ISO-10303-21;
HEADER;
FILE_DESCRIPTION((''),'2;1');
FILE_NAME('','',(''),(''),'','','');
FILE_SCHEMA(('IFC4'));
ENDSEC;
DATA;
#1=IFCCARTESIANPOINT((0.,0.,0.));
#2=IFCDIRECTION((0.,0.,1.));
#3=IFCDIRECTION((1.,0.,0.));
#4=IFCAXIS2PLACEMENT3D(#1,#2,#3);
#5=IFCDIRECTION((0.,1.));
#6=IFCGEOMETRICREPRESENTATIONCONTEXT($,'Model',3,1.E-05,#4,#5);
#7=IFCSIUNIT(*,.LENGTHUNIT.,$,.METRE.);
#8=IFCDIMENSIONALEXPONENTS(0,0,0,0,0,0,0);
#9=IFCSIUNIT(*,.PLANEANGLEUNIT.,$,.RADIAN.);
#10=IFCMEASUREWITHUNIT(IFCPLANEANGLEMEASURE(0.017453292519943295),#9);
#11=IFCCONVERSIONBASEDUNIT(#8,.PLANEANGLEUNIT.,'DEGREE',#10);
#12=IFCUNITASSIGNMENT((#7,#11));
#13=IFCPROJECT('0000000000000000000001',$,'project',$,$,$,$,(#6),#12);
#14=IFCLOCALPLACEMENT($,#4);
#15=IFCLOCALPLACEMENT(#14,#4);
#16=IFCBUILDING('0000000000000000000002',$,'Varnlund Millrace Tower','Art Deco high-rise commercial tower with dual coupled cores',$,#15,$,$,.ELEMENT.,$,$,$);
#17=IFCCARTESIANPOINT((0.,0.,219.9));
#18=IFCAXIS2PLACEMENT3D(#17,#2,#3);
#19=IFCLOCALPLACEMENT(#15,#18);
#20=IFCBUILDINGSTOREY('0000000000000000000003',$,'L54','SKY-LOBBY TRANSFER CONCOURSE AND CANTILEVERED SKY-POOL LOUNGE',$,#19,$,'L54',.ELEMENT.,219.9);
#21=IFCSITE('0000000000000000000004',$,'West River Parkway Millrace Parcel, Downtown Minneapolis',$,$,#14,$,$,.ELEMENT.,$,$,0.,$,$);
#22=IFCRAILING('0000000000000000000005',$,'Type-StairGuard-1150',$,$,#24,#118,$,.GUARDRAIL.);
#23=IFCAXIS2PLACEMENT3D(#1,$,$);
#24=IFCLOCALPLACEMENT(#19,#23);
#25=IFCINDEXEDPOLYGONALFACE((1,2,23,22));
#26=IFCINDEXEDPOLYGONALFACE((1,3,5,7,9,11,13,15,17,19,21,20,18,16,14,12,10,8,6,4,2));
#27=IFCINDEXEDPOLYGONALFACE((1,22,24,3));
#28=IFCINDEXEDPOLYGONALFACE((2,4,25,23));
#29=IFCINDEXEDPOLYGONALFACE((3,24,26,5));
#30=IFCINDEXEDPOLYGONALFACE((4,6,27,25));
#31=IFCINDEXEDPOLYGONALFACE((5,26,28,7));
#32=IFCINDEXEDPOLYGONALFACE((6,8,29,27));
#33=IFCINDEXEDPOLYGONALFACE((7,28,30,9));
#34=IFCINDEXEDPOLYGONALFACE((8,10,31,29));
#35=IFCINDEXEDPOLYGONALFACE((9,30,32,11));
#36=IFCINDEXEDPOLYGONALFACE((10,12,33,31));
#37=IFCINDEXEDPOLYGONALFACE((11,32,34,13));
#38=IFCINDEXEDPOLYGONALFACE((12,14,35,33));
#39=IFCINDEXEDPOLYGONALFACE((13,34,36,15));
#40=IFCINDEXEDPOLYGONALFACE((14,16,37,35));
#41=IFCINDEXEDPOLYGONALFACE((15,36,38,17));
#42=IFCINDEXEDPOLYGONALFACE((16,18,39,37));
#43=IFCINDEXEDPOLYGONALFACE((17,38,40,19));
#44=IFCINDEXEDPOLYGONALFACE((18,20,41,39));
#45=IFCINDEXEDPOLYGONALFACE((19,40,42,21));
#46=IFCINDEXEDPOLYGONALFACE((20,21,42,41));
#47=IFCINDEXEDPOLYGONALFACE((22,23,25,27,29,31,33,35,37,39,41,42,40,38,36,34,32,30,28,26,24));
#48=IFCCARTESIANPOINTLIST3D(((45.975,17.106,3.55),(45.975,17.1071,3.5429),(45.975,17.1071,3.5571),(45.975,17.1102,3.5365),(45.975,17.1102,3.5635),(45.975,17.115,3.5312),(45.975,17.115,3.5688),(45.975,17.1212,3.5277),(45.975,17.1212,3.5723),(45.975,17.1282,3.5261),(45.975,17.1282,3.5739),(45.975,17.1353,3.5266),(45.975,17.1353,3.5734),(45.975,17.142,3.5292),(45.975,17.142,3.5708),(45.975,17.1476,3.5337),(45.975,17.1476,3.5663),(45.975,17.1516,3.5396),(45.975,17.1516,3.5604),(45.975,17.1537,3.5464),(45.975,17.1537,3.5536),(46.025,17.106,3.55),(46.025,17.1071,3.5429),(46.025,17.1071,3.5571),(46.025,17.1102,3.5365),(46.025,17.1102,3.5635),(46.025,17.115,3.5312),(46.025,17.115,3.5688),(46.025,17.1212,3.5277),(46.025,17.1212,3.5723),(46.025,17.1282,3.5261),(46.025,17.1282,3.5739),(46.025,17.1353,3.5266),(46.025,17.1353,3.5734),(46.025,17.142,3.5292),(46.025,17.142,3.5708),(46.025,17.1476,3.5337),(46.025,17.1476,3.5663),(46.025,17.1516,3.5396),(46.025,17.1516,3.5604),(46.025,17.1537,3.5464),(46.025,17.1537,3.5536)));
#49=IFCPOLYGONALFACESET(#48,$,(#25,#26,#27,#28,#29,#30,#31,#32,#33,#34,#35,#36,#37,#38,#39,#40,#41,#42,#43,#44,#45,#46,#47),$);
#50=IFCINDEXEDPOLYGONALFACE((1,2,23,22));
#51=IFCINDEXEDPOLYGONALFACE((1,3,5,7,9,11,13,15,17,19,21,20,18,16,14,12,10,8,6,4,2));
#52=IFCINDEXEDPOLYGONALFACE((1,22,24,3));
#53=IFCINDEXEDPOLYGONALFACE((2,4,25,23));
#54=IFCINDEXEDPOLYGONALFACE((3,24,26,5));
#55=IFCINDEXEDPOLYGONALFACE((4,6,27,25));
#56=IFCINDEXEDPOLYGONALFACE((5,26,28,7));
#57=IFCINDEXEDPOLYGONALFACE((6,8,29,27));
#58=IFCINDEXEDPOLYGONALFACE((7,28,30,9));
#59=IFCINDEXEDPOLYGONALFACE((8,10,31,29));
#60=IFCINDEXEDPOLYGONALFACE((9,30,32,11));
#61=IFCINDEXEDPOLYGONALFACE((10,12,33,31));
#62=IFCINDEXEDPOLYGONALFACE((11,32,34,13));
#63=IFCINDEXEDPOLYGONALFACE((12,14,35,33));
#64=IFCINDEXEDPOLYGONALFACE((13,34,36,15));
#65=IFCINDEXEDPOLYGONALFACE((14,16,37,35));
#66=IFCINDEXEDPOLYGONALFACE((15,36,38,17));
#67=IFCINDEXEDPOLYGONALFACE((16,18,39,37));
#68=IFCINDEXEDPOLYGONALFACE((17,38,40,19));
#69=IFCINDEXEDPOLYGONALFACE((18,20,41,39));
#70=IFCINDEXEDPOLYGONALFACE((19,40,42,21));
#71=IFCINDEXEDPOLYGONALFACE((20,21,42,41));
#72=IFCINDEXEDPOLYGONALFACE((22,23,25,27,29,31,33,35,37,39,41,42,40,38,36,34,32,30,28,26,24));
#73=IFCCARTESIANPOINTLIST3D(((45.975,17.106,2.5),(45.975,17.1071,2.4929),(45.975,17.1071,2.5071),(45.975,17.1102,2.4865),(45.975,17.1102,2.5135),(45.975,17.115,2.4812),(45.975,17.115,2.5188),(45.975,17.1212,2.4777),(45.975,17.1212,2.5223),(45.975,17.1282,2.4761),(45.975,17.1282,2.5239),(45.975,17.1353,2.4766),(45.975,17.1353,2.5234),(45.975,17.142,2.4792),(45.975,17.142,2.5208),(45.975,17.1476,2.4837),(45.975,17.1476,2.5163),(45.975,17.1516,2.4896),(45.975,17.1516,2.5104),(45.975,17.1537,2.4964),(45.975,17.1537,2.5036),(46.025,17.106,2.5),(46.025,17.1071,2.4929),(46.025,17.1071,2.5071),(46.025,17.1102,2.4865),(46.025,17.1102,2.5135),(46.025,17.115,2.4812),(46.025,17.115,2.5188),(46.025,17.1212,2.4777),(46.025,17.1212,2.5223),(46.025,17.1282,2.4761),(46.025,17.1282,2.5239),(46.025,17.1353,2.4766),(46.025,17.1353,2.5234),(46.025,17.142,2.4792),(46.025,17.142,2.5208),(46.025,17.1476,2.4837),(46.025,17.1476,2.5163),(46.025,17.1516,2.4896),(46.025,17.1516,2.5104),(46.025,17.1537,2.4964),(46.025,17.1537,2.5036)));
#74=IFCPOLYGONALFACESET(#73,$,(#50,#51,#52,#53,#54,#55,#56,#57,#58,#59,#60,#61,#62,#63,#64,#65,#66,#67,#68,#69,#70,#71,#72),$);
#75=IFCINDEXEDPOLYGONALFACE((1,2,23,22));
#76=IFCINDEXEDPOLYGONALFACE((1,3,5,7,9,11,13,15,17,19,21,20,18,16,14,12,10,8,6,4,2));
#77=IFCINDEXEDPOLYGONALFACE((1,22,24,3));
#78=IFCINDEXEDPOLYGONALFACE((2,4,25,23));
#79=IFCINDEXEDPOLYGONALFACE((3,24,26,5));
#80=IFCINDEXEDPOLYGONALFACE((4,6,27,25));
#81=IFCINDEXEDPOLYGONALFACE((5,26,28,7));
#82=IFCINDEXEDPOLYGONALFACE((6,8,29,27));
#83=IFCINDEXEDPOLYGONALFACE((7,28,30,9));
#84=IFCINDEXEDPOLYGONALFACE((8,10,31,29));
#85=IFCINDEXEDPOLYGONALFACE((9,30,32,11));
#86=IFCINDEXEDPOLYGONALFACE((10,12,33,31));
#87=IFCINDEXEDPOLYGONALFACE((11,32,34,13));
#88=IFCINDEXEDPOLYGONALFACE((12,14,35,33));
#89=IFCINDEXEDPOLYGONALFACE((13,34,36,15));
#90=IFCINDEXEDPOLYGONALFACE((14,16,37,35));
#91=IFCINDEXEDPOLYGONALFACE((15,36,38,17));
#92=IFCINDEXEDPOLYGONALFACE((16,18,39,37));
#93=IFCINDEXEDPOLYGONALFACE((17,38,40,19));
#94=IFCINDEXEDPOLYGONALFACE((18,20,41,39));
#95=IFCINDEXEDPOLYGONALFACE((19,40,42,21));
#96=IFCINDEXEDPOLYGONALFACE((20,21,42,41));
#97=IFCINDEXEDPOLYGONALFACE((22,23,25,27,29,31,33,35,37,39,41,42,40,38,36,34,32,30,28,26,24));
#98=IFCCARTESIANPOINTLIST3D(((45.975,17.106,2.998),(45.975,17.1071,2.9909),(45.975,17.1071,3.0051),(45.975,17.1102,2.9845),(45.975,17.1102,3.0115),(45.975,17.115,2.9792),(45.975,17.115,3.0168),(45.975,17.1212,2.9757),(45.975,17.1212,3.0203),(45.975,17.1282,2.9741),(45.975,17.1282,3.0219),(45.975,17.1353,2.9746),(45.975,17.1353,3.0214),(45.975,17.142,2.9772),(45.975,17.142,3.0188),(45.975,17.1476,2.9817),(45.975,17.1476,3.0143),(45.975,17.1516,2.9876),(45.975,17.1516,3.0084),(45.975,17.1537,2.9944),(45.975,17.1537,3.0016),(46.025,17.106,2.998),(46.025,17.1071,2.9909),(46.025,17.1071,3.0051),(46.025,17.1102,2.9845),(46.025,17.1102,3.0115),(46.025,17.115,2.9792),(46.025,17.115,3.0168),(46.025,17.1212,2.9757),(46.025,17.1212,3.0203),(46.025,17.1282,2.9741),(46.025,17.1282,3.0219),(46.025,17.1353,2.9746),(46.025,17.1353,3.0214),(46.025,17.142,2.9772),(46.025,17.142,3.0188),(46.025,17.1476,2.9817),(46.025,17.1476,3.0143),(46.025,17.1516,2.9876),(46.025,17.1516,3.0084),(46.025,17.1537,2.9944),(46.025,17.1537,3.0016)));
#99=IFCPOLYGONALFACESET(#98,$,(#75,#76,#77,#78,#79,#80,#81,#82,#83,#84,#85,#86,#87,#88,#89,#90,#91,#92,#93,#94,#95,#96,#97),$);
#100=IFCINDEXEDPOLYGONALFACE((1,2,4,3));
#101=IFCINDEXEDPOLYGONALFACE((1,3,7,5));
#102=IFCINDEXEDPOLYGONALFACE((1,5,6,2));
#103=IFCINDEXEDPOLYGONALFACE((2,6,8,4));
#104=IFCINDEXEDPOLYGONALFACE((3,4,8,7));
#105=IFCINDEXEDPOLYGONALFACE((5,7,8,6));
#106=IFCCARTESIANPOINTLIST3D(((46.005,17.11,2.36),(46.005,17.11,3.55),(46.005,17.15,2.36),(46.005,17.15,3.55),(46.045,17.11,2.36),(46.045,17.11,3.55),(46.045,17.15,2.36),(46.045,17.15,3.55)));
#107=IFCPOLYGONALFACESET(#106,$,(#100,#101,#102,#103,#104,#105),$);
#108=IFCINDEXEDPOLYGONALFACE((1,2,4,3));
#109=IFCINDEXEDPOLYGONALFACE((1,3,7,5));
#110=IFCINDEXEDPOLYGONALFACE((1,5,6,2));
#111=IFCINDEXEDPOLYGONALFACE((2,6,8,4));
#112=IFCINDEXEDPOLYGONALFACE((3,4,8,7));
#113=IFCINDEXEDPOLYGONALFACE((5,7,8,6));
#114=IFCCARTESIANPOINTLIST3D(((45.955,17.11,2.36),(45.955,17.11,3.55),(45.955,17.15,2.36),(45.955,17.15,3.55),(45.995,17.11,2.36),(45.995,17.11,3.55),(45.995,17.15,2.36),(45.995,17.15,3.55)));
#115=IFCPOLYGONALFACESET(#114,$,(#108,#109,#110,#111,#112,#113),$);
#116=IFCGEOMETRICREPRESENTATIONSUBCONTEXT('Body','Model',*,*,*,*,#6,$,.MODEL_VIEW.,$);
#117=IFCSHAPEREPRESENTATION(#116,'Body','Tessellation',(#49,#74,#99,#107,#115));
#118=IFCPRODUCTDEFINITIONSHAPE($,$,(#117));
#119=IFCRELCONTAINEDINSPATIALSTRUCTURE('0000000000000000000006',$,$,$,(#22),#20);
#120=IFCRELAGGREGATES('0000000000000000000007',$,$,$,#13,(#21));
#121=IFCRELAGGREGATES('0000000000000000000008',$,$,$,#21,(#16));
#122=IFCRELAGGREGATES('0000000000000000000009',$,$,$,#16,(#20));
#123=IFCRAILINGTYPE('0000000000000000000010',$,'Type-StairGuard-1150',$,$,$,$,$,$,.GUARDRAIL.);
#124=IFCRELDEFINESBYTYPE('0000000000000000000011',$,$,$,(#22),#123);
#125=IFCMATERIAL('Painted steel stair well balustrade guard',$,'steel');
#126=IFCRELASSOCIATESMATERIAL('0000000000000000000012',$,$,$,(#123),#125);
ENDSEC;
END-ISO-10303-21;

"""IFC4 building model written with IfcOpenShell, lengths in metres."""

from ifc_helpers import new_model, entity, si_unit, converted_unit, direction, frame, origin_with_axes, origin_2d_with_axis, place, context, subcontext, project, spatial, rectangle, circle, extrude, material, type_object, element, save


model = new_model("IFC4")

# Units and contexts
model_context = context("Model", 3, precision=1e-05, world=origin_with_axes(), true_north=direction((0.0, 1.0)))
body_context = subcontext(model_context, "Body", "Model", "MODEL_VIEW")
ifc_project = project(units=[si_unit("LENGTHUNIT", "METRE"), converted_unit("PLANEANGLEUNIT", "DEGREE", entity("IfcPlaneAngleMeasure", 0.017453292519943295), si_unit("PLANEANGLEUNIT", "RADIAN"), dimensions=[0, 0, 0, 0, 0, 0, 0])], contexts=[model_context])

# Site, building, storey
site_placement = place(None, origin_with_axes())
site = spatial("IfcSite", under=ifc_project, at=site_placement, Name="West River Parkway Millrace Parcel, Downtown Minneapolis", CompositionType="ELEMENT", RefElevation=0.0)
building_placement = place(site_placement, origin_with_axes())
building = spatial("IfcBuilding", under=site, at=building_placement, Name="Varnlund Millrace Tower", Description="Art Deco high-rise commercial tower with dual coupled cores", CompositionType="ELEMENT")
storey_placement = place(building_placement, frame((0.0, 0.0, 219.9), z_axis=(0.0, 0.0, 1.0), x_axis=(1.0, 0.0, 0.0)))
storey = spatial("IfcBuildingStorey", under=building, at=storey_placement, Name="L54", Description="SKY-LOBBY TRANSFER CONCOURSE AND CANTILEVERED SKY-POOL LOUNGE", LongName="L54", CompositionType="ELEMENT", Elevation=219.9)

# Railing
ifc_material_1 = material(Name="Painted steel stair well balustrade guard", Category="steel")
railing_type_1 = type_object("IfcRailingType", Name="Type-StairGuard-1150", PredefinedType="GUARDRAIL", material=ifc_material_1)
railing_1_placement = place(storey_placement, frame((0.0, 0.0, -219.9), z_axis=(0.0, 0.0, 1.0), x_axis=(1.0, 0.0, 0.0)))
element("IfcRailing", 1, at=railing_1_placement, inside=storey, type_object=railing_type_1, Name="Type-StairGuard-1150", PredefinedType="GUARDRAIL", context=body_context, shape_type="SweptSolid", body=[
    extrude(circle(Radius=0.024, at=origin_2d_with_axis()), frame((46.025, 17.13, 223.45), z_axis=(-1.0, 0.0, 0.0), x_axis=(0.0, -1.0, 0.0)), (0.0, 0.0, 1.0), 0.05),
    extrude(circle(Radius=0.024, at=origin_2d_with_axis()), frame((46.025, 17.13, 222.4), z_axis=(-1.0, 0.0, 0.0), x_axis=(0.0, -1.0, 0.0)), (0.0, 0.0, 1.0), 0.05),
    extrude(circle(Radius=0.024, at=origin_2d_with_axis()), frame((46.025, 17.13, 222.898), z_axis=(-1.0, 0.0, 0.0), x_axis=(0.0, -1.0, 0.0)), (0.0, 0.0, 1.0), 0.05),
    extrude(rectangle(XDim=0.04, YDim=0.04, at=origin_2d_with_axis()), frame((46.025, 17.13, 222.26), z_axis=(0.0, 0.0, 1.0), x_axis=(1.0, 0.0, 0.0)), (0.0, 0.0, 1.0), 1.19),
    extrude(rectangle(XDim=0.04, YDim=0.04, at=origin_2d_with_axis()), frame((45.975, 17.13, 222.26), z_axis=(0.0, 0.0, 1.0), x_axis=(1.0, 0.0, 0.0)), (0.0, 0.0, 1.0), 1.19),
])

save(model, "model.ifc")
